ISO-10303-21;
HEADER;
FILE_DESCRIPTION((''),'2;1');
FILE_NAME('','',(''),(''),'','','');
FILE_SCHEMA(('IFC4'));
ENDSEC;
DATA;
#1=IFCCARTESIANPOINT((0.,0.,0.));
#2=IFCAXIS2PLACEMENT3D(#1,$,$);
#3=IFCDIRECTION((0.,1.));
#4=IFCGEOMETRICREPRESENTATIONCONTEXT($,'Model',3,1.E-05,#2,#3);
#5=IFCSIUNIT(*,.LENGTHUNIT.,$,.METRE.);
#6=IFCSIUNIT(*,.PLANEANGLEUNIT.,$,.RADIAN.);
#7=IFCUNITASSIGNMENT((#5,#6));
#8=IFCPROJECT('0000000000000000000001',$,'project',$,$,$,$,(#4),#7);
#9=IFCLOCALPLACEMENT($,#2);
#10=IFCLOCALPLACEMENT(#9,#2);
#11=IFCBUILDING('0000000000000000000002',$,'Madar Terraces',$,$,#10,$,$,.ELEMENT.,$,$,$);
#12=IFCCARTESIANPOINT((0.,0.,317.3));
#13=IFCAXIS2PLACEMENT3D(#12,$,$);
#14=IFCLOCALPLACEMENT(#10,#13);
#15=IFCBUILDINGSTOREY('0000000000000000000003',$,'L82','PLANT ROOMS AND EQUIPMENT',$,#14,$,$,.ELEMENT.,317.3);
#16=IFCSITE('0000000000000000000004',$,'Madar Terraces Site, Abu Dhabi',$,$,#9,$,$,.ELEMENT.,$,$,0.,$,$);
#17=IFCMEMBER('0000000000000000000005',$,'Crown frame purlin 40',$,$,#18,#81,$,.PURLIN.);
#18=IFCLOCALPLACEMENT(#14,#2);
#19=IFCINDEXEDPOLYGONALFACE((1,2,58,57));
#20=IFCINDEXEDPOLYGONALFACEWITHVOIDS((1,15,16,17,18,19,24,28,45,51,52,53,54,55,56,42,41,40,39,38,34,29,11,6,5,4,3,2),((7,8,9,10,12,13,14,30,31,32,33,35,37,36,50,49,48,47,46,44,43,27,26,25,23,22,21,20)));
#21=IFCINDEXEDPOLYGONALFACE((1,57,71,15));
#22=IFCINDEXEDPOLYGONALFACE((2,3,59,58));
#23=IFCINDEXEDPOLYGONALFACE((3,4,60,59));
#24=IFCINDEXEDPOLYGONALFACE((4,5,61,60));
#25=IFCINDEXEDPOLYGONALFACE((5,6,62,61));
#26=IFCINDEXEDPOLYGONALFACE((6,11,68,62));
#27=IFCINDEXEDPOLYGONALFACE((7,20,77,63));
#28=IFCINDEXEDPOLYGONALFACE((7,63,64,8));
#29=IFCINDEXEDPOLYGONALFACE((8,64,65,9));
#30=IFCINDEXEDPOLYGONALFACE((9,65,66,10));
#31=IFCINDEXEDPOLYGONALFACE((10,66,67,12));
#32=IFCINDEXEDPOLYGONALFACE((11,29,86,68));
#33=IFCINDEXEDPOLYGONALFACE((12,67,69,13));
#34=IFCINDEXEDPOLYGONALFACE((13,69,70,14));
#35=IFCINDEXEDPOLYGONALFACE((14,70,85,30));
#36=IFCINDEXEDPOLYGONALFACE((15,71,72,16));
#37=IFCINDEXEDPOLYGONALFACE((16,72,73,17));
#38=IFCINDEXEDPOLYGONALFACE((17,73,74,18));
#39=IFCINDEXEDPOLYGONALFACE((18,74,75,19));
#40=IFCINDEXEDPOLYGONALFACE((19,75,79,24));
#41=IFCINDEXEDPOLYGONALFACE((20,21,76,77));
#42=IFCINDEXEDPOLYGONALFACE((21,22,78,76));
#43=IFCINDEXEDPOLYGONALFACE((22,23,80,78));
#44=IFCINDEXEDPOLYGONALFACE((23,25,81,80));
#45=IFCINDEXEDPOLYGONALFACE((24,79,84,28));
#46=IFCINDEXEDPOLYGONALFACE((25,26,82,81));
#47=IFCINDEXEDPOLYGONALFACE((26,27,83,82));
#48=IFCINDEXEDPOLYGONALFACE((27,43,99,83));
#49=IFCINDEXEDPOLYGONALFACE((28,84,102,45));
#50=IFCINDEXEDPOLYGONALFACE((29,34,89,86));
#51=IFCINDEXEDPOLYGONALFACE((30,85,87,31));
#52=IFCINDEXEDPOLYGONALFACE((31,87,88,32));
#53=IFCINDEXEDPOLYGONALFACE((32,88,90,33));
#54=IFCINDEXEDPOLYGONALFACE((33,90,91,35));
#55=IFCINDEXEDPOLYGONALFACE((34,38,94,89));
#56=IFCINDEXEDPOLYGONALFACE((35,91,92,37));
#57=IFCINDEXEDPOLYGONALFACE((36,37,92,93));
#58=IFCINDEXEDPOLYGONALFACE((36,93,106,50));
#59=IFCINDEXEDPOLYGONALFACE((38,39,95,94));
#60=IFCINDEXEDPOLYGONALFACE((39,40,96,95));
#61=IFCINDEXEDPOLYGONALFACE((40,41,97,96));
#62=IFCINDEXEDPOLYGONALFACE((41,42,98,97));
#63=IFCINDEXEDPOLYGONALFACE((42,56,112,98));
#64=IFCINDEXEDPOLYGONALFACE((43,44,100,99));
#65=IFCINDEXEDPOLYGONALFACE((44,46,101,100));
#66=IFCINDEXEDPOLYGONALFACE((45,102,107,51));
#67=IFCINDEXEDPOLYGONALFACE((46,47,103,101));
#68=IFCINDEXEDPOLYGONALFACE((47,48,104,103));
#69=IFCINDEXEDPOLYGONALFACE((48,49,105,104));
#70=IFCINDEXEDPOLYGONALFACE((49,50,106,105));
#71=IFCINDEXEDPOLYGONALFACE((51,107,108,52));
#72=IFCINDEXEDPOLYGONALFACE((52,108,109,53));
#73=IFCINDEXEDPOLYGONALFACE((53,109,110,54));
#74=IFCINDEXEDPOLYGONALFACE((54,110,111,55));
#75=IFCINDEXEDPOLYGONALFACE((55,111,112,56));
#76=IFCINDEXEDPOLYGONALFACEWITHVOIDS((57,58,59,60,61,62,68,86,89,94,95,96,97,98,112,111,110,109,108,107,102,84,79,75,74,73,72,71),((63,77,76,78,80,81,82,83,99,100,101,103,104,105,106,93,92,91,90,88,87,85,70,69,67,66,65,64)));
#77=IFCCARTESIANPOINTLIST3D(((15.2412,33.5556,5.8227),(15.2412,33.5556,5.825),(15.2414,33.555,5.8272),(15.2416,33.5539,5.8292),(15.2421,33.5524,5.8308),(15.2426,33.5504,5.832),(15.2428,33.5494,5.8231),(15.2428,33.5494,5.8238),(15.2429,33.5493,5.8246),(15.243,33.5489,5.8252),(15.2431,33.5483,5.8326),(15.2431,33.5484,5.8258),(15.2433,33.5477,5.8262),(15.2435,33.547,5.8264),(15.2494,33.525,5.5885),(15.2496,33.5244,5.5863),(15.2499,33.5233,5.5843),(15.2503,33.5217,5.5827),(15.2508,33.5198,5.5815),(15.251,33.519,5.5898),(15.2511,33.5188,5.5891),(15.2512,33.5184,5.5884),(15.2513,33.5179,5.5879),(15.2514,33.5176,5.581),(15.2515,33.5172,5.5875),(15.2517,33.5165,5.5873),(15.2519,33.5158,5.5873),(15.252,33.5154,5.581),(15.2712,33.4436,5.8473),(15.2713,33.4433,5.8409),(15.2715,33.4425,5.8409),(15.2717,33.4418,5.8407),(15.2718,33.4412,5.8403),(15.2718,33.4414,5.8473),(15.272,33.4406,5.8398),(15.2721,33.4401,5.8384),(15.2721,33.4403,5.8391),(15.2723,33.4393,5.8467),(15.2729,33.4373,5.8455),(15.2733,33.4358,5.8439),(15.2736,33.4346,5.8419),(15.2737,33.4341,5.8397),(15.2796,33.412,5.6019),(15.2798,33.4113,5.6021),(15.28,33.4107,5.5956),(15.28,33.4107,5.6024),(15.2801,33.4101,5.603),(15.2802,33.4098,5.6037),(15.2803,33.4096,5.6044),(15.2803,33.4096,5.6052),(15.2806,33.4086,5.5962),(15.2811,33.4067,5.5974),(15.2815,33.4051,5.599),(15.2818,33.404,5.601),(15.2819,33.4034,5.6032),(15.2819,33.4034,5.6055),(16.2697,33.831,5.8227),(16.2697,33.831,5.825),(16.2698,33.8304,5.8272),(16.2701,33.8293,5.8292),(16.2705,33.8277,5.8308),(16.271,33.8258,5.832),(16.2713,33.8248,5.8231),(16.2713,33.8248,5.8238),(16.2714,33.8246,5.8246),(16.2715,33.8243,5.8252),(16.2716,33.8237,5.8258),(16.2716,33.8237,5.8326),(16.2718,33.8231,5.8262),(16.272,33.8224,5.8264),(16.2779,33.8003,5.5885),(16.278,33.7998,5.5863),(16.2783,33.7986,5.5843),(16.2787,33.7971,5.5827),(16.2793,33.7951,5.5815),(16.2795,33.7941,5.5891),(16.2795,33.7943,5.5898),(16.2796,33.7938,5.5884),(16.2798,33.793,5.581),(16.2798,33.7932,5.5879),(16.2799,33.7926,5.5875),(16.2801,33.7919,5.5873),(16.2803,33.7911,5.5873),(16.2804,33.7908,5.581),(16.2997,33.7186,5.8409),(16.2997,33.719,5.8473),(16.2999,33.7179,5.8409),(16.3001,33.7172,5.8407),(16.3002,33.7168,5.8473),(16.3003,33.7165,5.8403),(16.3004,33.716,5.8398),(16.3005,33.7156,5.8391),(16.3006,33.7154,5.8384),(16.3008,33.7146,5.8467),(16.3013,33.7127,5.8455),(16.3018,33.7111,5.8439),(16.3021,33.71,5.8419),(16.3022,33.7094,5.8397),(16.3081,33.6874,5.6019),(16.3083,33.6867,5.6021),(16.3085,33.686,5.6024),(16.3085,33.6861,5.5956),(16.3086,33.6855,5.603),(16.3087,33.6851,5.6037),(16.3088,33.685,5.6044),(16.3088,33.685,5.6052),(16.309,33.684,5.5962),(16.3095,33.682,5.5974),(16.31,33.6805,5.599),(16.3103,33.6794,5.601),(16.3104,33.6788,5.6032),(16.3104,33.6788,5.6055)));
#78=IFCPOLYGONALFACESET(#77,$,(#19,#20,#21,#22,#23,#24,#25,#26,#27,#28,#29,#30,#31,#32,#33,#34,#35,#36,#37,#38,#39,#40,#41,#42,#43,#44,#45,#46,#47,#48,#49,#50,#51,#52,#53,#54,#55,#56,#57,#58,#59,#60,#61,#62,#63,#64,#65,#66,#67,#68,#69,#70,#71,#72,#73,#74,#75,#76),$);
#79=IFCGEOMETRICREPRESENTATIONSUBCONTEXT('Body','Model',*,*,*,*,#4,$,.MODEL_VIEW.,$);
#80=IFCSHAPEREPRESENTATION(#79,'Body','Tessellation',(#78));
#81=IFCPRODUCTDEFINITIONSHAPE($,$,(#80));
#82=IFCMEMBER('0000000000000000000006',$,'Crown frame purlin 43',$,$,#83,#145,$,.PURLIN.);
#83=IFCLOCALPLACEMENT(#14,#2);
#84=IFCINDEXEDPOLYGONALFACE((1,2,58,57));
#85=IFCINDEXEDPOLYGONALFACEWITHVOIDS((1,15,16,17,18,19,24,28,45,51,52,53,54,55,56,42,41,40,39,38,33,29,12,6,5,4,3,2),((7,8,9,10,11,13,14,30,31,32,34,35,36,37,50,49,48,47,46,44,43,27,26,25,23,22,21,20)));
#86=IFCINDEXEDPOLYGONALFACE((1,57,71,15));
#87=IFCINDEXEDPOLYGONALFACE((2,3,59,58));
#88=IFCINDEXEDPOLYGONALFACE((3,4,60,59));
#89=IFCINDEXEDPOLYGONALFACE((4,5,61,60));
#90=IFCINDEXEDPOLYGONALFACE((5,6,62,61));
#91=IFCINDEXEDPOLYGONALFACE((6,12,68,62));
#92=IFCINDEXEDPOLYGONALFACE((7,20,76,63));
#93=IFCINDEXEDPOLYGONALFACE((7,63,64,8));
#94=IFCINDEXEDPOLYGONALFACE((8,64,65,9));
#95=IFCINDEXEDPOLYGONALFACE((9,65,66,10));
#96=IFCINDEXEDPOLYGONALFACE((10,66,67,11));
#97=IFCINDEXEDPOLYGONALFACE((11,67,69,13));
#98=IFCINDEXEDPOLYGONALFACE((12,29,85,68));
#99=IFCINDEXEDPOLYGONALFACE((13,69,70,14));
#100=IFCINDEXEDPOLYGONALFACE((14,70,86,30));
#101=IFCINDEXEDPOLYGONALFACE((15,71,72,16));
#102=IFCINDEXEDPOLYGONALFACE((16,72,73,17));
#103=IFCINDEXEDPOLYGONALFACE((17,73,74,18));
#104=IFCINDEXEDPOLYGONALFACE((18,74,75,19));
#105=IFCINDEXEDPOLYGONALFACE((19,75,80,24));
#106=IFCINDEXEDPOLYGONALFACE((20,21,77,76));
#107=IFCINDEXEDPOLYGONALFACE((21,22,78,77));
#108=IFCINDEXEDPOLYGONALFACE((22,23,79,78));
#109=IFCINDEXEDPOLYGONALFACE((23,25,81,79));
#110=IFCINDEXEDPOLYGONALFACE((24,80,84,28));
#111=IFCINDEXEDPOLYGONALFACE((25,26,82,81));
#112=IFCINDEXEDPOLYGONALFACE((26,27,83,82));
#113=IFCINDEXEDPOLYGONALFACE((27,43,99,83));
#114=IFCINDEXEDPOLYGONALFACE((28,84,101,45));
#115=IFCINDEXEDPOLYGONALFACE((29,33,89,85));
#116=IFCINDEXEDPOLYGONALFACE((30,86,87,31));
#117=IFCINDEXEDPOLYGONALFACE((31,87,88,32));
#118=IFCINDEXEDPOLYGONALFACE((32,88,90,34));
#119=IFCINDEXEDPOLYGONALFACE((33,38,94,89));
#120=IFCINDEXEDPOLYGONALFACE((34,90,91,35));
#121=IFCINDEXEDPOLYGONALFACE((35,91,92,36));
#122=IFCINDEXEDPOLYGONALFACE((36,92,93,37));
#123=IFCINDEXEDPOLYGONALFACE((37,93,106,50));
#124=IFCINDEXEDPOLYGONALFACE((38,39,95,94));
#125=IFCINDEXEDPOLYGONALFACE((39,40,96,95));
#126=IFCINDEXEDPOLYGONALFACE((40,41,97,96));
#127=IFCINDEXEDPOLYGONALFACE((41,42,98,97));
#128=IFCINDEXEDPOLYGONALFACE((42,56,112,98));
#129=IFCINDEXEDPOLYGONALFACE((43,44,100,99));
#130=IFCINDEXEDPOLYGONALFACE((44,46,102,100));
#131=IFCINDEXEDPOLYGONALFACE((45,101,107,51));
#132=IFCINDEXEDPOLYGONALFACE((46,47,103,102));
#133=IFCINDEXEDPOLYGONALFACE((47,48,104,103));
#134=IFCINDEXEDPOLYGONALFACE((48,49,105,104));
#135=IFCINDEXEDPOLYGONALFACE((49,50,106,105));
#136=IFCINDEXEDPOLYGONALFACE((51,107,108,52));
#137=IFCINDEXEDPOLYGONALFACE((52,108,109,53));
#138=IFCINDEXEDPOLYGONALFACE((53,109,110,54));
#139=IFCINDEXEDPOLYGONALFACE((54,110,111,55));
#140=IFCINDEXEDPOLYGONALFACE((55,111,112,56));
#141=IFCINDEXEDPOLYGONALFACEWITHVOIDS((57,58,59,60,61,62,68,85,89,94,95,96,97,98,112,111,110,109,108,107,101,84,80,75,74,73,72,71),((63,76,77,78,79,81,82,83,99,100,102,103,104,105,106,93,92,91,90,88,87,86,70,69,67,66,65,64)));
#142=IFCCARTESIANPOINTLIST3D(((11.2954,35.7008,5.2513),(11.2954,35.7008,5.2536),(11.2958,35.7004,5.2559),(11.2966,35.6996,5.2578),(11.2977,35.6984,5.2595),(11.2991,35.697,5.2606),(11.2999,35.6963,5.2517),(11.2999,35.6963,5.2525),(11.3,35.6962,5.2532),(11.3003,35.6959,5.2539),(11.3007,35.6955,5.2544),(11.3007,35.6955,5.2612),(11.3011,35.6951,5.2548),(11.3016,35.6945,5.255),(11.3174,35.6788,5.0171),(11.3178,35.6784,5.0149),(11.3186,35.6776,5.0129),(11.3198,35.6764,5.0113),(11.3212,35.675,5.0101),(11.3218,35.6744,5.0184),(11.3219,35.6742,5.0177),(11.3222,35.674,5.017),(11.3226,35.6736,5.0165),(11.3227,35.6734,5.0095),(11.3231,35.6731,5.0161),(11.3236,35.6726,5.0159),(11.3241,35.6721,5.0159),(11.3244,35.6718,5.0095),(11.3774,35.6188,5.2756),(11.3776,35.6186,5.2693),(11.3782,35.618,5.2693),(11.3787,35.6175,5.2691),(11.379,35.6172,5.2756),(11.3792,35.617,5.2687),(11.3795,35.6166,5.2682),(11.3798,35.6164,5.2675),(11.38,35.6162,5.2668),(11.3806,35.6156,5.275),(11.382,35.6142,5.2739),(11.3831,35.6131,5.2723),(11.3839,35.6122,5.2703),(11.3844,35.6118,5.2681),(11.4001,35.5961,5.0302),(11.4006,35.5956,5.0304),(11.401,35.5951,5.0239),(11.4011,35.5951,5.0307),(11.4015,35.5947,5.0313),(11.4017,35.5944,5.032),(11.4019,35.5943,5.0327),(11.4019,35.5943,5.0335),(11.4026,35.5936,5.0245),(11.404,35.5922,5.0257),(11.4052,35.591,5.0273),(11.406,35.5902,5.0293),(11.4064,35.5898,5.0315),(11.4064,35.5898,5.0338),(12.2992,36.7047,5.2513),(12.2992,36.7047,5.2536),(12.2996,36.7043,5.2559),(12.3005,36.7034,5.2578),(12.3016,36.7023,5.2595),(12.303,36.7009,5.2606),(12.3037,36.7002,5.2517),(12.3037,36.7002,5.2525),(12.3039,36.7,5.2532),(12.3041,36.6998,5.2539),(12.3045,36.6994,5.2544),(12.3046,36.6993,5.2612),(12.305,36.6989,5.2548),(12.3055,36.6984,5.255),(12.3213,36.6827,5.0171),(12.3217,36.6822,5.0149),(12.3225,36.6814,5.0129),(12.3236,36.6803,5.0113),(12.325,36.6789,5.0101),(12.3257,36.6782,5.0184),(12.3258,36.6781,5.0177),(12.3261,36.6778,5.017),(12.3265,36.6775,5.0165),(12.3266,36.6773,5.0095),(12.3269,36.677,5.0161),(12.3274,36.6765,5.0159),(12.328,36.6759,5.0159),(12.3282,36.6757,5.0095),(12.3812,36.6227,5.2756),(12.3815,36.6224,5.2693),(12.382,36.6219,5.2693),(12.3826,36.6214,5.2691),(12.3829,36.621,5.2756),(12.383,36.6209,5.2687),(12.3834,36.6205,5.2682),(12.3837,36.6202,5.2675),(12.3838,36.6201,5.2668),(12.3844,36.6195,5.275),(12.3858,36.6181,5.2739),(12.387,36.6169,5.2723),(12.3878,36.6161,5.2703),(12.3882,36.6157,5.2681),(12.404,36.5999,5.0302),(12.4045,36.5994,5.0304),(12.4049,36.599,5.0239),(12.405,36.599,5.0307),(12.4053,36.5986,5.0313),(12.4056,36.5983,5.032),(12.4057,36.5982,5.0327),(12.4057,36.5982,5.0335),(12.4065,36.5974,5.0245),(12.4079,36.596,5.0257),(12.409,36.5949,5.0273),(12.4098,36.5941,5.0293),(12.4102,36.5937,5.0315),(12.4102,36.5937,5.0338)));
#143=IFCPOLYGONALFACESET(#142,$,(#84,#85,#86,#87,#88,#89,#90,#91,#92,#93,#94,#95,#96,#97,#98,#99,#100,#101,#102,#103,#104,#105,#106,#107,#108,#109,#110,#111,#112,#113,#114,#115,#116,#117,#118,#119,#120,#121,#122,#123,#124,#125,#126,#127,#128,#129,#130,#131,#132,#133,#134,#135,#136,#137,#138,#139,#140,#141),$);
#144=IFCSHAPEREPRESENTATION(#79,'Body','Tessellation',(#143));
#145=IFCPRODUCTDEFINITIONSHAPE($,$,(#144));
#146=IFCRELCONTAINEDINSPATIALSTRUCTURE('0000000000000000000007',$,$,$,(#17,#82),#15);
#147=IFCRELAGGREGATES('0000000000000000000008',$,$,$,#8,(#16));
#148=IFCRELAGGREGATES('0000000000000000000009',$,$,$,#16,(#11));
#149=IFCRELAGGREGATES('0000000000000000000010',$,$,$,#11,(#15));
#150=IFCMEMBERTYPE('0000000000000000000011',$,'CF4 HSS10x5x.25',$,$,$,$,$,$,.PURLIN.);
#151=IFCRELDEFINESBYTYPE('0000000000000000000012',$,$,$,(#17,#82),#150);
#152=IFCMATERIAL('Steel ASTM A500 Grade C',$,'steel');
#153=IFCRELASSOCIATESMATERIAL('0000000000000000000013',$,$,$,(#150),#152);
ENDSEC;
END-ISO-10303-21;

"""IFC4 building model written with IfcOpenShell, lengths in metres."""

from ifc_helpers import new_model, si_unit, direction, frame, origin, origin_2d, place, context, subcontext, project, spatial, hollow_rectangle, extrude, material, material_profile, profile_set, type_object, element, save


model = new_model("IFC4")

# Units and contexts
model_context = context("Model", 3, precision=1e-05, world=origin(), true_north=direction((0.0, 1.0)))
body_context = subcontext(model_context, "Body", "Model", "MODEL_VIEW")
ifc_project = project(units=[si_unit("LENGTHUNIT", "METRE"), si_unit("PLANEANGLEUNIT", "RADIAN")], contexts=[model_context])

# Site, building, storey
site_placement = place(None, origin())
site = spatial("IfcSite", under=ifc_project, at=site_placement, Name="Madar Terraces Site, Abu Dhabi", CompositionType="ELEMENT", RefElevation=0.0)
building_placement = place(site_placement, origin())
building = spatial("IfcBuilding", under=site, at=building_placement, Name="Madar Terraces", CompositionType="ELEMENT")
storey_placement = place(building_placement, frame((0.0, 0.0, 317.3)))
storey = spatial("IfcBuildingStorey", under=building, at=storey_placement, Name="L82", Description="PLANT ROOMS AND EQUIPMENT", CompositionType="ELEMENT", Elevation=317.3)

# Members
ifc_material_1 = material(Name="Steel ASTM A500 Grade C", Category="steel")
ifc_material_profile_1 = material_profile(ifc_material_1, hollow_rectangle(XDim=0.127, YDim=0.2539, WallThickness=0.0063, InnerFilletRadius=0.0029, OuterFilletRadius=0.0088, at=origin_2d()), Name="HSS10x5x.25")
ifc_profile_set_1 = profile_set([ifc_material_profile_1], Name="Steel ASTM A500 Grade C")
member_type_1 = type_object("IfcMemberType", Name="CF4 HSS10x5x.25", PredefinedType="PURLIN", material=ifc_profile_set_1)
member_1_placement = place(storey_placement, frame((16.29, 33.7549, 5.7141), z_axis=(-0.965976, -0.258633, 0.0), x_axis=(0.256297, -0.957253, 0.134086)))
element("IfcMember", 1, at=member_1_placement, inside=storey, type_object=member_type_1, Name="Crown frame purlin 40", PredefinedType="PURLIN", context=body_context, shape_type="SweptSolid", body=[
    extrude(hollow_rectangle(XDim=0.127, YDim=0.2539, WallThickness=0.0063, InnerFilletRadius=0.0029, OuterFilletRadius=0.0088, at=origin_2d()), origin(), (0.0, 0.0, 1.0), 1.0647),
])
member_2_placement = place(storey_placement, frame((12.3547, 36.6492, 5.1426), z_axis=(-0.707107, -0.707107, 0.0), x_axis=(0.700941, -0.700941, 0.131765)))
element("IfcMember", 2, at=member_2_placement, inside=storey, type_object=member_type_1, Name="Crown frame purlin 43", PredefinedType="PURLIN", context=body_context, shape_type="SweptSolid", body=[
    extrude(hollow_rectangle(XDim=0.127, YDim=0.2539, WallThickness=0.0063, InnerFilletRadius=0.0029, OuterFilletRadius=0.0088, at=origin_2d()), origin(), (0.0, 0.0, 1.0), 1.4197),
])

save(model, "model.ifc")
